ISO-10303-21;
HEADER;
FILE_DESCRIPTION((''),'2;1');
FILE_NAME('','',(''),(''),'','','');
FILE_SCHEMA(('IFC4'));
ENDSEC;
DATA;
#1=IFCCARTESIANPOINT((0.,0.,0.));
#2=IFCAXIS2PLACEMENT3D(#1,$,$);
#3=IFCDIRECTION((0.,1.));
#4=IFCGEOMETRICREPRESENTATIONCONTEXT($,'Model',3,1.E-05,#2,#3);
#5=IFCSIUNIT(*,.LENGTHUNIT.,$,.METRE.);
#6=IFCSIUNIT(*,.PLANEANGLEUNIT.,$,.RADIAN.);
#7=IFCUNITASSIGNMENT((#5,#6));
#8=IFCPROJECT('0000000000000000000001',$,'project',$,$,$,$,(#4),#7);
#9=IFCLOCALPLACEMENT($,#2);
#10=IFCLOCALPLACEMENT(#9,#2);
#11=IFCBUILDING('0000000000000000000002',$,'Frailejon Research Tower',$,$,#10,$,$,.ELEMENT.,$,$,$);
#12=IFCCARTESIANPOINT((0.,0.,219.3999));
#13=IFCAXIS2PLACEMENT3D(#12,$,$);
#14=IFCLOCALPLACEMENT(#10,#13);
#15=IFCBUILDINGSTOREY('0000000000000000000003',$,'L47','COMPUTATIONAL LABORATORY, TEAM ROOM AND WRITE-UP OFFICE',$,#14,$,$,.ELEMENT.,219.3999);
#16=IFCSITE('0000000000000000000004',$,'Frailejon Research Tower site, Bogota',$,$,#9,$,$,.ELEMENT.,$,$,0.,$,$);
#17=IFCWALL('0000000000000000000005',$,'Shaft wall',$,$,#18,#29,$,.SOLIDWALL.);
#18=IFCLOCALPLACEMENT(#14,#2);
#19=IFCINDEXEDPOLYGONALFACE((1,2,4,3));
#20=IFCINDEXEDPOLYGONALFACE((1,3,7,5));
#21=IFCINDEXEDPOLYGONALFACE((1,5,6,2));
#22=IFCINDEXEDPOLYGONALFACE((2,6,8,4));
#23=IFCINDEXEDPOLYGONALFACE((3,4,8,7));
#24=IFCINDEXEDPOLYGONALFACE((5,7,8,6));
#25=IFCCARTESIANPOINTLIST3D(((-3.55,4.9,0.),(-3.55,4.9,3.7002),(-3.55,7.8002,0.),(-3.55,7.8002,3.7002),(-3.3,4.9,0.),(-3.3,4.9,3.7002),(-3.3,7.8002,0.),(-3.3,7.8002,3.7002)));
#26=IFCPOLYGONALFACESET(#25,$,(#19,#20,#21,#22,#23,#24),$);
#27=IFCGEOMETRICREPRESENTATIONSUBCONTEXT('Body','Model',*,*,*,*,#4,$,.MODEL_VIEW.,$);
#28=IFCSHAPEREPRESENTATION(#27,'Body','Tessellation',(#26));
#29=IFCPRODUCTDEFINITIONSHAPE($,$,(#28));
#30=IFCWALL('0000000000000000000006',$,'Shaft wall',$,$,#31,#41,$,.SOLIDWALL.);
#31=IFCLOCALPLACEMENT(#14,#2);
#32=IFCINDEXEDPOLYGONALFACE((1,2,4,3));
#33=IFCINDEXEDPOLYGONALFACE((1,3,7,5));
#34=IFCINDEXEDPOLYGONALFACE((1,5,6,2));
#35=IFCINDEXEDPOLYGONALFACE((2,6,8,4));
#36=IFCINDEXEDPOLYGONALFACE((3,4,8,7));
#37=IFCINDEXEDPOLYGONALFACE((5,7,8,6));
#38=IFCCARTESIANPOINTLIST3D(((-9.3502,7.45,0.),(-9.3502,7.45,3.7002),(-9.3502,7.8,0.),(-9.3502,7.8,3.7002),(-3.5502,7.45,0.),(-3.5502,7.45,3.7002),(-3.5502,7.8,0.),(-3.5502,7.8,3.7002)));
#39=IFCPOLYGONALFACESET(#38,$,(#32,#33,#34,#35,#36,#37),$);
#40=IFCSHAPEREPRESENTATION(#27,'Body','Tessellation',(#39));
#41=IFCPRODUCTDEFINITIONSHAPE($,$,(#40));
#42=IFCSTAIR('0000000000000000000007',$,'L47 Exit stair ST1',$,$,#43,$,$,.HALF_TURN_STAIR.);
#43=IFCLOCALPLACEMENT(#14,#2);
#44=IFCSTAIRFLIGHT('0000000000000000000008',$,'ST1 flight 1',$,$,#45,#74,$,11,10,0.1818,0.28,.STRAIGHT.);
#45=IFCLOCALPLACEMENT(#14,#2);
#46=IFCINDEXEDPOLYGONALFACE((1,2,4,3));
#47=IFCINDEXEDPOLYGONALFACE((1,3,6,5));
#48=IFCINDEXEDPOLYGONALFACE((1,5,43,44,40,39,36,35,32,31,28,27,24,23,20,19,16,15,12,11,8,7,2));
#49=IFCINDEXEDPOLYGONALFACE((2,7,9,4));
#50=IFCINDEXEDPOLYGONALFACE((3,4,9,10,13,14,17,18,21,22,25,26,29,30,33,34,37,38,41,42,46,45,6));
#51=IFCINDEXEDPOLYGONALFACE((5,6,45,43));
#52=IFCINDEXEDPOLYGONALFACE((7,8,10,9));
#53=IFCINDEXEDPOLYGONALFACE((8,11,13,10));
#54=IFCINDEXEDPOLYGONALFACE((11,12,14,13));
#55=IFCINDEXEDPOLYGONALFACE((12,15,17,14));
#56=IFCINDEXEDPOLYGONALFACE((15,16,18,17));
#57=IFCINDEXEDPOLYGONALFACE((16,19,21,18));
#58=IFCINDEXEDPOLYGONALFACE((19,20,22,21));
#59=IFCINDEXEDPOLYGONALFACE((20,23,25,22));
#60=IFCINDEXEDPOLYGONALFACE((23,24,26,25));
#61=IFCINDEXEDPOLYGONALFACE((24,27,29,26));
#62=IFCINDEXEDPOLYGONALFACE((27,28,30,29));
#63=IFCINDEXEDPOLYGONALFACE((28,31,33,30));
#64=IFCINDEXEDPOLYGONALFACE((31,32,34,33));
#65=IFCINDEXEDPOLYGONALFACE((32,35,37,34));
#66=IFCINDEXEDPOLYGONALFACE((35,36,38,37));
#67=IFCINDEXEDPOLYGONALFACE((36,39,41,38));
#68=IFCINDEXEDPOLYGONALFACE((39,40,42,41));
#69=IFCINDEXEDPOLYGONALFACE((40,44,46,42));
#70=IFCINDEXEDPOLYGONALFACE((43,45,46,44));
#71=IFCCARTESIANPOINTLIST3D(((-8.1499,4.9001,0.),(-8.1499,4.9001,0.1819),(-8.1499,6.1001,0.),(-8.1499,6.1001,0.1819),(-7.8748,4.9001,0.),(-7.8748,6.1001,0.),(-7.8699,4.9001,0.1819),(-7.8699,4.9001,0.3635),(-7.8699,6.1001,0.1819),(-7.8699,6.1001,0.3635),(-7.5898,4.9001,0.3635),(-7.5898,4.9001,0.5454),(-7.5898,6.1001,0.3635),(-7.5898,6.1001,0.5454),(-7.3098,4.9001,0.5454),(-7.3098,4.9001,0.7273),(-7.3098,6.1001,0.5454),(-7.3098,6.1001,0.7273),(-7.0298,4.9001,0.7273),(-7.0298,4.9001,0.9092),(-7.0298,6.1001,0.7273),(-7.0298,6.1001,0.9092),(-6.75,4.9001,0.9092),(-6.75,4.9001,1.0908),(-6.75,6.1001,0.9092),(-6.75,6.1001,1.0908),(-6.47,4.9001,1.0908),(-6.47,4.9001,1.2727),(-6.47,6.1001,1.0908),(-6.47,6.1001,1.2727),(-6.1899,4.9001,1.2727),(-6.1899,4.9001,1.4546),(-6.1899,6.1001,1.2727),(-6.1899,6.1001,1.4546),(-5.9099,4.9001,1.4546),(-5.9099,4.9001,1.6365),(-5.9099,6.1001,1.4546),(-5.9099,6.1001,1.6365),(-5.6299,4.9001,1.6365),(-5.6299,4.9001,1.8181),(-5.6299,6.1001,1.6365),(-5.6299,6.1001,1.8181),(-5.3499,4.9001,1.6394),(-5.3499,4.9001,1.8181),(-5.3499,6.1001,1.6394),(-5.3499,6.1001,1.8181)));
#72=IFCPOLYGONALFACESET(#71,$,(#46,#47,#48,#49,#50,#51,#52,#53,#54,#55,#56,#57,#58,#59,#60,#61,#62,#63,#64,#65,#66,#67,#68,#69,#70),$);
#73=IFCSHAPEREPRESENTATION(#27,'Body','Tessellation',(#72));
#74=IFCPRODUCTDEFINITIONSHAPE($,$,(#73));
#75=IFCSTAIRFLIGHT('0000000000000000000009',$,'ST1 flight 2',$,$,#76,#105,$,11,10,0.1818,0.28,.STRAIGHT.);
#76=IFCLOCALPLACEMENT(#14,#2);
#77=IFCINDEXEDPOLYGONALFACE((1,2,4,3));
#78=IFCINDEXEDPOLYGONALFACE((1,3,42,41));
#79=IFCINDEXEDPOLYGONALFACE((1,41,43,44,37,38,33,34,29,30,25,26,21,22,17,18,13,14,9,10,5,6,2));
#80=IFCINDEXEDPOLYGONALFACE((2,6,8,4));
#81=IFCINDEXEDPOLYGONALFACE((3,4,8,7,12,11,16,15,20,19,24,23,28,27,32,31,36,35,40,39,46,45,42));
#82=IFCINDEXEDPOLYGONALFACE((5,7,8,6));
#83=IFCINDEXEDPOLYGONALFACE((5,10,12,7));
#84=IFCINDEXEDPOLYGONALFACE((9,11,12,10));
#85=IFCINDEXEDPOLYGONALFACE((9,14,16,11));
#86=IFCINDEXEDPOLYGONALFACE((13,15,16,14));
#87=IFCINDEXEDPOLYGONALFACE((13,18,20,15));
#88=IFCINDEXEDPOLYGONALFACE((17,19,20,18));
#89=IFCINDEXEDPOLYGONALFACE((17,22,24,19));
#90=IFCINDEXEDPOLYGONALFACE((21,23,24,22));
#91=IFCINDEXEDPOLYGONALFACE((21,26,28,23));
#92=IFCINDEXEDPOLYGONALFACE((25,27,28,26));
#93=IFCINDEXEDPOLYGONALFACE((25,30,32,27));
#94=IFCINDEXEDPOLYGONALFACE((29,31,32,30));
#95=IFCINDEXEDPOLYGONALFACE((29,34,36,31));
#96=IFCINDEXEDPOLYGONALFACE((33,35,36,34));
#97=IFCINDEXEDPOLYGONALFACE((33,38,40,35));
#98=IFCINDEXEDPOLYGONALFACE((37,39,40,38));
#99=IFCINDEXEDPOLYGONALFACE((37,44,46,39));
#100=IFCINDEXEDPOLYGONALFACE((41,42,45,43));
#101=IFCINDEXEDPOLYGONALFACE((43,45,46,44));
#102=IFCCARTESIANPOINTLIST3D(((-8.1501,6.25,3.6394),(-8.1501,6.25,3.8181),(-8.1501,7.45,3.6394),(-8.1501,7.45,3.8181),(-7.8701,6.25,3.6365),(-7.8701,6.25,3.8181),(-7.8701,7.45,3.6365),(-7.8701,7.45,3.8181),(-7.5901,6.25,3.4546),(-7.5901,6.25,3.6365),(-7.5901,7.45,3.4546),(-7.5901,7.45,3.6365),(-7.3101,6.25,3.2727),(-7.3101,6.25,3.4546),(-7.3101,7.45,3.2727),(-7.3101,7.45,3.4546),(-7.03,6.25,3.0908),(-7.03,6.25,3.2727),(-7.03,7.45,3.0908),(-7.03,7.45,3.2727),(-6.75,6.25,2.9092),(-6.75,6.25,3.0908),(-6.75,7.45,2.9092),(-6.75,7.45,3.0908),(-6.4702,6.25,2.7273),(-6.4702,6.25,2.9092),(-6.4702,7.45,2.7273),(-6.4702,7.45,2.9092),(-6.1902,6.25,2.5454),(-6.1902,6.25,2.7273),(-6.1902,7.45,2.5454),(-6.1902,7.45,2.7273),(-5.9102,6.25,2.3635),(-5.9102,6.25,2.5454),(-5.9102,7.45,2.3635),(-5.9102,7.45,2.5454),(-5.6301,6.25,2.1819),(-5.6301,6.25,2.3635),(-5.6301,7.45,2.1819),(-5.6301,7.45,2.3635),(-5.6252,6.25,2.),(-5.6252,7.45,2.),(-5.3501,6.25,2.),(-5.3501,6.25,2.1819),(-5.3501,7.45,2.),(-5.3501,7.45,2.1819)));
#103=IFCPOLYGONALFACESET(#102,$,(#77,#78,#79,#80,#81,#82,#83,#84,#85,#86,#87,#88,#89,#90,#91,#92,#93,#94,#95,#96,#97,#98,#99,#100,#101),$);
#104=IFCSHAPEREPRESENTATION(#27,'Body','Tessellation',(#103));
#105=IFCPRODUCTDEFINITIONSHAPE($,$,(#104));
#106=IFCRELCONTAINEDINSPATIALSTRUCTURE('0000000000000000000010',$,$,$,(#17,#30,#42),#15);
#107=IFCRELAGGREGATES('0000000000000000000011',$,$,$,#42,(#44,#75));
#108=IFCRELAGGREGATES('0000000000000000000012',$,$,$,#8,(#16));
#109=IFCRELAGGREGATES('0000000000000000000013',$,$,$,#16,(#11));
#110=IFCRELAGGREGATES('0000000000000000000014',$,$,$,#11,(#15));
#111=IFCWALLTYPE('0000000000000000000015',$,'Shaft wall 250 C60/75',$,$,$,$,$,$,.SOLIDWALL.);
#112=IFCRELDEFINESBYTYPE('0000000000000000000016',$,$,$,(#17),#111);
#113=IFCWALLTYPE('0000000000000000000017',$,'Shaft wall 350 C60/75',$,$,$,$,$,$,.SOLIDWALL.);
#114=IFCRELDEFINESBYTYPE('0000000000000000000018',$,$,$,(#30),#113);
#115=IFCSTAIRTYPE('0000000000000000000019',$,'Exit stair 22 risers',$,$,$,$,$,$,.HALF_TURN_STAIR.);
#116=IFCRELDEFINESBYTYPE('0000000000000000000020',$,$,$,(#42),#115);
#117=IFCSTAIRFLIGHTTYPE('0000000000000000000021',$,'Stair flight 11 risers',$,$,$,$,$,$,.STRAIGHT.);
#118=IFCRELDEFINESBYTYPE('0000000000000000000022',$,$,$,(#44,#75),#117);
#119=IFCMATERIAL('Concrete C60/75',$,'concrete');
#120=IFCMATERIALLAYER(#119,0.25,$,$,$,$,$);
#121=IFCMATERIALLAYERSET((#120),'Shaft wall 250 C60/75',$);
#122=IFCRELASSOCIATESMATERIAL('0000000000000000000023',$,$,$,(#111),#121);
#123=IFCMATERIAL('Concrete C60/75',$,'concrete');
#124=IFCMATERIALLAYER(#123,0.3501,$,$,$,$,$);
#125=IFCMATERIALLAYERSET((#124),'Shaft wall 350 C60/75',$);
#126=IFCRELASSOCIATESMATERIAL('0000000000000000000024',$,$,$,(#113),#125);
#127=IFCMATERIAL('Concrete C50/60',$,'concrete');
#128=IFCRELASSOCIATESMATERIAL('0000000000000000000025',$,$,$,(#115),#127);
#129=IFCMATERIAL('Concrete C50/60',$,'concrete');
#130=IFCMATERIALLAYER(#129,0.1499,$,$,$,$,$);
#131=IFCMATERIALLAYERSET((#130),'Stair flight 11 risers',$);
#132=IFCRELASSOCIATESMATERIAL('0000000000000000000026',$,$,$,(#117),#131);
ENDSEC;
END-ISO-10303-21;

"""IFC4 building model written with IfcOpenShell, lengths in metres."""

from ifc_helpers import new_model, si_unit, direction, frame, frame_2d, origin, place, context, subcontext, project, spatial, polyline, rectangle, outline, extrude, material, layer, layer_set, type_object, element, aggregate, save


model = new_model("IFC4")

# Units and contexts
model_context = context("Model", 3, precision=1e-05, world=origin(), true_north=direction((0.0, 1.0)))
body_context = subcontext(model_context, "Body", "Model", "MODEL_VIEW")
ifc_project = project(units=[si_unit("LENGTHUNIT", "METRE"), si_unit("PLANEANGLEUNIT", "RADIAN")], contexts=[model_context])

# Site, building, storey
site_placement = place(None, origin())
site = spatial("IfcSite", under=ifc_project, at=site_placement, Name="Frailejon Research Tower site, Bogota", CompositionType="ELEMENT", RefElevation=0.0)
building_placement = place(site_placement, origin())
building = spatial("IfcBuilding", under=site, at=building_placement, Name="Frailejon Research Tower", CompositionType="ELEMENT")
storey_placement = place(building_placement, frame((0.0, 0.0, 219.3999)))
storey = spatial("IfcBuildingStorey", under=building, at=storey_placement, Name="L47", Description="COMPUTATIONAL LABORATORY, TEAM ROOM AND WRITE-UP OFFICE", CompositionType="ELEMENT", Elevation=219.3999)

# Shared definitions
ifc_material_1 = material(Name="Concrete C60/75", Category="concrete")
ifc_layer_1 = layer(ifc_material_1, 0.25)
ifc_layer_set_1 = layer_set([ifc_layer_1], Name="Shaft wall 250 C60/75")
wall_type_1 = type_object("IfcWallType", Name="Shaft wall 250 C60/75", PredefinedType="SOLIDWALL", material=ifc_layer_set_1)

# Walls
wall_1_placement = place(storey_placement, frame((-3.425, 4.8999, 0.0), z_axis=(0.0, 0.0, 1.0), x_axis=(0.0, 1.0, 0.0)))
element("IfcWall", 1, at=wall_1_placement, inside=storey, type_object=wall_type_1, Name="Shaft wall", PredefinedType="SOLIDWALL", context=body_context, shape_type="SweptSolid", body=[
    extrude(rectangle(XDim=2.9001, YDim=0.25, at=frame_2d((1.4502, 0.0))), origin(), (0.0, 0.0, 1.0), 3.7002),
])
ifc_material_2 = material(Name="Concrete C60/75", Category="concrete")
ifc_layer_2 = layer(ifc_material_2, 0.3501)
ifc_layer_set_2 = layer_set([ifc_layer_2], Name="Shaft wall 350 C60/75")
wall_type_2 = type_object("IfcWallType", Name="Shaft wall 350 C60/75", PredefinedType="SOLIDWALL", material=ifc_layer_set_2)
wall_2_placement = place(storey_placement, frame((-9.3501, 7.625, 0.0), z_axis=(0.0, 0.0, 1.0), x_axis=(1.0, 0.0, 0.0)))
element("IfcWall", 2, at=wall_2_placement, inside=storey, type_object=wall_type_2, Name="Shaft wall", PredefinedType="SOLIDWALL", context=body_context, shape_type="SweptSolid", body=[
    extrude(rectangle(XDim=5.8, YDim=0.3501, at=frame_2d((2.8999, 0.0))), origin(), (0.0, 0.0, 1.0), 3.7002),
])

# Stair, stair flights
ifc_material_3 = material(Name="Concrete C50/60", Category="concrete")
stair_type = type_object("IfcStairType", Name="Exit stair 22 risers", PredefinedType="HALF_TURN_STAIR", material=ifc_material_3)
stair_placement = place(storey_placement, origin())
stair = element("IfcStair", 3, at=stair_placement, inside=storey, type_object=stair_type, Name="L47 Exit stair ST1", PredefinedType="HALF_TURN_STAIR")
ifc_material_4 = material(Name="Concrete C50/60", Category="concrete")
ifc_layer_3 = layer(ifc_material_4, 0.1499)
ifc_layer_set_3 = layer_set([ifc_layer_3], Name="Stair flight 11 risers")
stair_flight_type = type_object("IfcStairFlightType", Name="Stair flight 11 risers", PredefinedType="STRAIGHT", material=ifc_layer_set_3)
stair_flight_1_placement = place(storey_placement, frame((-8.1499, 5.5, 0.0), z_axis=(0.0, 0.0, 1.0), x_axis=(1.0, 0.0, 0.0)))
stair_flight_1 = element("IfcStairFlight", 4, at=stair_flight_1_placement, type_object=stair_flight_type, Name="ST1 flight 1", NumberOfRisers=11, NumberOfTreads=10, PredefinedType="STRAIGHT", RiserHeight=0.1818, TreadLength=0.28, context=body_context, shape_type="SweptSolid", body=[
    extrude(outline(polyline([(0.0, 0.0), (0.0, 0.1819), (0.28, 0.1819), (0.28, 0.3635), (0.5601, 0.3635), (0.5601, 0.5454), (0.8401, 0.5454), (0.8401, 0.7273), (1.1201, 0.7273), (1.1201, 0.9092), (1.3999, 0.9092), (1.3999, 1.0908), (1.6799, 1.0908), (1.6799, 1.2727), (1.96, 1.2727), (1.96, 1.4546), (2.24, 1.4546), (2.24, 1.6365), (2.52, 1.6365), (2.52, 1.8181), (2.8, 1.8181), (2.8, 2.0), (2.8, 1.6394), (0.2751, 0.0), (0.0, 0.0)])), frame((0.0, 0.6001, 0.0), z_axis=(0.0, -1.0, 0.0), x_axis=(1.0, 0.0, 0.0)), (0.0, 0.0, 1.0), 1.2),
])
stair_flight_2_placement = place(storey_placement, frame((-5.3501, 6.8501, 2.0), z_axis=(0.0, 0.0, 1.0), x_axis=(-1.0, 0.0, 0.0)))
stair_flight_2 = element("IfcStairFlight", 5, at=stair_flight_2_placement, type_object=stair_flight_type, Name="ST1 flight 2", NumberOfRisers=11, NumberOfTreads=10, PredefinedType="STRAIGHT", RiserHeight=0.1818, TreadLength=0.28, context=body_context, shape_type="SweptSolid", body=[
    extrude(outline(polyline([(0.0, 0.0), (0.0, 0.1819), (0.28, 0.1819), (0.28, 0.3635), (0.5601, 0.3635), (0.5601, 0.5454), (0.8401, 0.5454), (0.8401, 0.7273), (1.1201, 0.7273), (1.1201, 0.9092), (1.3999, 0.9092), (1.3999, 1.0908), (1.6799, 1.0908), (1.6799, 1.2727), (1.96, 1.2727), (1.96, 1.4546), (2.24, 1.4546), (2.24, 1.6365), (2.52, 1.6365), (2.52, 1.8181), (2.8, 1.8181), (2.8, 2.0), (2.8, 1.6394), (0.2751, 0.0), (0.0, 0.0)])), frame((0.0, 0.6001, 0.0), z_axis=(0.0, -1.0, 0.0), x_axis=(1.0, 0.0, 0.0)), (0.0, 0.0, 1.0), 1.2),
])
aggregate(stair, [stair_flight_1, stair_flight_2])

save(model, "model.ifc")
